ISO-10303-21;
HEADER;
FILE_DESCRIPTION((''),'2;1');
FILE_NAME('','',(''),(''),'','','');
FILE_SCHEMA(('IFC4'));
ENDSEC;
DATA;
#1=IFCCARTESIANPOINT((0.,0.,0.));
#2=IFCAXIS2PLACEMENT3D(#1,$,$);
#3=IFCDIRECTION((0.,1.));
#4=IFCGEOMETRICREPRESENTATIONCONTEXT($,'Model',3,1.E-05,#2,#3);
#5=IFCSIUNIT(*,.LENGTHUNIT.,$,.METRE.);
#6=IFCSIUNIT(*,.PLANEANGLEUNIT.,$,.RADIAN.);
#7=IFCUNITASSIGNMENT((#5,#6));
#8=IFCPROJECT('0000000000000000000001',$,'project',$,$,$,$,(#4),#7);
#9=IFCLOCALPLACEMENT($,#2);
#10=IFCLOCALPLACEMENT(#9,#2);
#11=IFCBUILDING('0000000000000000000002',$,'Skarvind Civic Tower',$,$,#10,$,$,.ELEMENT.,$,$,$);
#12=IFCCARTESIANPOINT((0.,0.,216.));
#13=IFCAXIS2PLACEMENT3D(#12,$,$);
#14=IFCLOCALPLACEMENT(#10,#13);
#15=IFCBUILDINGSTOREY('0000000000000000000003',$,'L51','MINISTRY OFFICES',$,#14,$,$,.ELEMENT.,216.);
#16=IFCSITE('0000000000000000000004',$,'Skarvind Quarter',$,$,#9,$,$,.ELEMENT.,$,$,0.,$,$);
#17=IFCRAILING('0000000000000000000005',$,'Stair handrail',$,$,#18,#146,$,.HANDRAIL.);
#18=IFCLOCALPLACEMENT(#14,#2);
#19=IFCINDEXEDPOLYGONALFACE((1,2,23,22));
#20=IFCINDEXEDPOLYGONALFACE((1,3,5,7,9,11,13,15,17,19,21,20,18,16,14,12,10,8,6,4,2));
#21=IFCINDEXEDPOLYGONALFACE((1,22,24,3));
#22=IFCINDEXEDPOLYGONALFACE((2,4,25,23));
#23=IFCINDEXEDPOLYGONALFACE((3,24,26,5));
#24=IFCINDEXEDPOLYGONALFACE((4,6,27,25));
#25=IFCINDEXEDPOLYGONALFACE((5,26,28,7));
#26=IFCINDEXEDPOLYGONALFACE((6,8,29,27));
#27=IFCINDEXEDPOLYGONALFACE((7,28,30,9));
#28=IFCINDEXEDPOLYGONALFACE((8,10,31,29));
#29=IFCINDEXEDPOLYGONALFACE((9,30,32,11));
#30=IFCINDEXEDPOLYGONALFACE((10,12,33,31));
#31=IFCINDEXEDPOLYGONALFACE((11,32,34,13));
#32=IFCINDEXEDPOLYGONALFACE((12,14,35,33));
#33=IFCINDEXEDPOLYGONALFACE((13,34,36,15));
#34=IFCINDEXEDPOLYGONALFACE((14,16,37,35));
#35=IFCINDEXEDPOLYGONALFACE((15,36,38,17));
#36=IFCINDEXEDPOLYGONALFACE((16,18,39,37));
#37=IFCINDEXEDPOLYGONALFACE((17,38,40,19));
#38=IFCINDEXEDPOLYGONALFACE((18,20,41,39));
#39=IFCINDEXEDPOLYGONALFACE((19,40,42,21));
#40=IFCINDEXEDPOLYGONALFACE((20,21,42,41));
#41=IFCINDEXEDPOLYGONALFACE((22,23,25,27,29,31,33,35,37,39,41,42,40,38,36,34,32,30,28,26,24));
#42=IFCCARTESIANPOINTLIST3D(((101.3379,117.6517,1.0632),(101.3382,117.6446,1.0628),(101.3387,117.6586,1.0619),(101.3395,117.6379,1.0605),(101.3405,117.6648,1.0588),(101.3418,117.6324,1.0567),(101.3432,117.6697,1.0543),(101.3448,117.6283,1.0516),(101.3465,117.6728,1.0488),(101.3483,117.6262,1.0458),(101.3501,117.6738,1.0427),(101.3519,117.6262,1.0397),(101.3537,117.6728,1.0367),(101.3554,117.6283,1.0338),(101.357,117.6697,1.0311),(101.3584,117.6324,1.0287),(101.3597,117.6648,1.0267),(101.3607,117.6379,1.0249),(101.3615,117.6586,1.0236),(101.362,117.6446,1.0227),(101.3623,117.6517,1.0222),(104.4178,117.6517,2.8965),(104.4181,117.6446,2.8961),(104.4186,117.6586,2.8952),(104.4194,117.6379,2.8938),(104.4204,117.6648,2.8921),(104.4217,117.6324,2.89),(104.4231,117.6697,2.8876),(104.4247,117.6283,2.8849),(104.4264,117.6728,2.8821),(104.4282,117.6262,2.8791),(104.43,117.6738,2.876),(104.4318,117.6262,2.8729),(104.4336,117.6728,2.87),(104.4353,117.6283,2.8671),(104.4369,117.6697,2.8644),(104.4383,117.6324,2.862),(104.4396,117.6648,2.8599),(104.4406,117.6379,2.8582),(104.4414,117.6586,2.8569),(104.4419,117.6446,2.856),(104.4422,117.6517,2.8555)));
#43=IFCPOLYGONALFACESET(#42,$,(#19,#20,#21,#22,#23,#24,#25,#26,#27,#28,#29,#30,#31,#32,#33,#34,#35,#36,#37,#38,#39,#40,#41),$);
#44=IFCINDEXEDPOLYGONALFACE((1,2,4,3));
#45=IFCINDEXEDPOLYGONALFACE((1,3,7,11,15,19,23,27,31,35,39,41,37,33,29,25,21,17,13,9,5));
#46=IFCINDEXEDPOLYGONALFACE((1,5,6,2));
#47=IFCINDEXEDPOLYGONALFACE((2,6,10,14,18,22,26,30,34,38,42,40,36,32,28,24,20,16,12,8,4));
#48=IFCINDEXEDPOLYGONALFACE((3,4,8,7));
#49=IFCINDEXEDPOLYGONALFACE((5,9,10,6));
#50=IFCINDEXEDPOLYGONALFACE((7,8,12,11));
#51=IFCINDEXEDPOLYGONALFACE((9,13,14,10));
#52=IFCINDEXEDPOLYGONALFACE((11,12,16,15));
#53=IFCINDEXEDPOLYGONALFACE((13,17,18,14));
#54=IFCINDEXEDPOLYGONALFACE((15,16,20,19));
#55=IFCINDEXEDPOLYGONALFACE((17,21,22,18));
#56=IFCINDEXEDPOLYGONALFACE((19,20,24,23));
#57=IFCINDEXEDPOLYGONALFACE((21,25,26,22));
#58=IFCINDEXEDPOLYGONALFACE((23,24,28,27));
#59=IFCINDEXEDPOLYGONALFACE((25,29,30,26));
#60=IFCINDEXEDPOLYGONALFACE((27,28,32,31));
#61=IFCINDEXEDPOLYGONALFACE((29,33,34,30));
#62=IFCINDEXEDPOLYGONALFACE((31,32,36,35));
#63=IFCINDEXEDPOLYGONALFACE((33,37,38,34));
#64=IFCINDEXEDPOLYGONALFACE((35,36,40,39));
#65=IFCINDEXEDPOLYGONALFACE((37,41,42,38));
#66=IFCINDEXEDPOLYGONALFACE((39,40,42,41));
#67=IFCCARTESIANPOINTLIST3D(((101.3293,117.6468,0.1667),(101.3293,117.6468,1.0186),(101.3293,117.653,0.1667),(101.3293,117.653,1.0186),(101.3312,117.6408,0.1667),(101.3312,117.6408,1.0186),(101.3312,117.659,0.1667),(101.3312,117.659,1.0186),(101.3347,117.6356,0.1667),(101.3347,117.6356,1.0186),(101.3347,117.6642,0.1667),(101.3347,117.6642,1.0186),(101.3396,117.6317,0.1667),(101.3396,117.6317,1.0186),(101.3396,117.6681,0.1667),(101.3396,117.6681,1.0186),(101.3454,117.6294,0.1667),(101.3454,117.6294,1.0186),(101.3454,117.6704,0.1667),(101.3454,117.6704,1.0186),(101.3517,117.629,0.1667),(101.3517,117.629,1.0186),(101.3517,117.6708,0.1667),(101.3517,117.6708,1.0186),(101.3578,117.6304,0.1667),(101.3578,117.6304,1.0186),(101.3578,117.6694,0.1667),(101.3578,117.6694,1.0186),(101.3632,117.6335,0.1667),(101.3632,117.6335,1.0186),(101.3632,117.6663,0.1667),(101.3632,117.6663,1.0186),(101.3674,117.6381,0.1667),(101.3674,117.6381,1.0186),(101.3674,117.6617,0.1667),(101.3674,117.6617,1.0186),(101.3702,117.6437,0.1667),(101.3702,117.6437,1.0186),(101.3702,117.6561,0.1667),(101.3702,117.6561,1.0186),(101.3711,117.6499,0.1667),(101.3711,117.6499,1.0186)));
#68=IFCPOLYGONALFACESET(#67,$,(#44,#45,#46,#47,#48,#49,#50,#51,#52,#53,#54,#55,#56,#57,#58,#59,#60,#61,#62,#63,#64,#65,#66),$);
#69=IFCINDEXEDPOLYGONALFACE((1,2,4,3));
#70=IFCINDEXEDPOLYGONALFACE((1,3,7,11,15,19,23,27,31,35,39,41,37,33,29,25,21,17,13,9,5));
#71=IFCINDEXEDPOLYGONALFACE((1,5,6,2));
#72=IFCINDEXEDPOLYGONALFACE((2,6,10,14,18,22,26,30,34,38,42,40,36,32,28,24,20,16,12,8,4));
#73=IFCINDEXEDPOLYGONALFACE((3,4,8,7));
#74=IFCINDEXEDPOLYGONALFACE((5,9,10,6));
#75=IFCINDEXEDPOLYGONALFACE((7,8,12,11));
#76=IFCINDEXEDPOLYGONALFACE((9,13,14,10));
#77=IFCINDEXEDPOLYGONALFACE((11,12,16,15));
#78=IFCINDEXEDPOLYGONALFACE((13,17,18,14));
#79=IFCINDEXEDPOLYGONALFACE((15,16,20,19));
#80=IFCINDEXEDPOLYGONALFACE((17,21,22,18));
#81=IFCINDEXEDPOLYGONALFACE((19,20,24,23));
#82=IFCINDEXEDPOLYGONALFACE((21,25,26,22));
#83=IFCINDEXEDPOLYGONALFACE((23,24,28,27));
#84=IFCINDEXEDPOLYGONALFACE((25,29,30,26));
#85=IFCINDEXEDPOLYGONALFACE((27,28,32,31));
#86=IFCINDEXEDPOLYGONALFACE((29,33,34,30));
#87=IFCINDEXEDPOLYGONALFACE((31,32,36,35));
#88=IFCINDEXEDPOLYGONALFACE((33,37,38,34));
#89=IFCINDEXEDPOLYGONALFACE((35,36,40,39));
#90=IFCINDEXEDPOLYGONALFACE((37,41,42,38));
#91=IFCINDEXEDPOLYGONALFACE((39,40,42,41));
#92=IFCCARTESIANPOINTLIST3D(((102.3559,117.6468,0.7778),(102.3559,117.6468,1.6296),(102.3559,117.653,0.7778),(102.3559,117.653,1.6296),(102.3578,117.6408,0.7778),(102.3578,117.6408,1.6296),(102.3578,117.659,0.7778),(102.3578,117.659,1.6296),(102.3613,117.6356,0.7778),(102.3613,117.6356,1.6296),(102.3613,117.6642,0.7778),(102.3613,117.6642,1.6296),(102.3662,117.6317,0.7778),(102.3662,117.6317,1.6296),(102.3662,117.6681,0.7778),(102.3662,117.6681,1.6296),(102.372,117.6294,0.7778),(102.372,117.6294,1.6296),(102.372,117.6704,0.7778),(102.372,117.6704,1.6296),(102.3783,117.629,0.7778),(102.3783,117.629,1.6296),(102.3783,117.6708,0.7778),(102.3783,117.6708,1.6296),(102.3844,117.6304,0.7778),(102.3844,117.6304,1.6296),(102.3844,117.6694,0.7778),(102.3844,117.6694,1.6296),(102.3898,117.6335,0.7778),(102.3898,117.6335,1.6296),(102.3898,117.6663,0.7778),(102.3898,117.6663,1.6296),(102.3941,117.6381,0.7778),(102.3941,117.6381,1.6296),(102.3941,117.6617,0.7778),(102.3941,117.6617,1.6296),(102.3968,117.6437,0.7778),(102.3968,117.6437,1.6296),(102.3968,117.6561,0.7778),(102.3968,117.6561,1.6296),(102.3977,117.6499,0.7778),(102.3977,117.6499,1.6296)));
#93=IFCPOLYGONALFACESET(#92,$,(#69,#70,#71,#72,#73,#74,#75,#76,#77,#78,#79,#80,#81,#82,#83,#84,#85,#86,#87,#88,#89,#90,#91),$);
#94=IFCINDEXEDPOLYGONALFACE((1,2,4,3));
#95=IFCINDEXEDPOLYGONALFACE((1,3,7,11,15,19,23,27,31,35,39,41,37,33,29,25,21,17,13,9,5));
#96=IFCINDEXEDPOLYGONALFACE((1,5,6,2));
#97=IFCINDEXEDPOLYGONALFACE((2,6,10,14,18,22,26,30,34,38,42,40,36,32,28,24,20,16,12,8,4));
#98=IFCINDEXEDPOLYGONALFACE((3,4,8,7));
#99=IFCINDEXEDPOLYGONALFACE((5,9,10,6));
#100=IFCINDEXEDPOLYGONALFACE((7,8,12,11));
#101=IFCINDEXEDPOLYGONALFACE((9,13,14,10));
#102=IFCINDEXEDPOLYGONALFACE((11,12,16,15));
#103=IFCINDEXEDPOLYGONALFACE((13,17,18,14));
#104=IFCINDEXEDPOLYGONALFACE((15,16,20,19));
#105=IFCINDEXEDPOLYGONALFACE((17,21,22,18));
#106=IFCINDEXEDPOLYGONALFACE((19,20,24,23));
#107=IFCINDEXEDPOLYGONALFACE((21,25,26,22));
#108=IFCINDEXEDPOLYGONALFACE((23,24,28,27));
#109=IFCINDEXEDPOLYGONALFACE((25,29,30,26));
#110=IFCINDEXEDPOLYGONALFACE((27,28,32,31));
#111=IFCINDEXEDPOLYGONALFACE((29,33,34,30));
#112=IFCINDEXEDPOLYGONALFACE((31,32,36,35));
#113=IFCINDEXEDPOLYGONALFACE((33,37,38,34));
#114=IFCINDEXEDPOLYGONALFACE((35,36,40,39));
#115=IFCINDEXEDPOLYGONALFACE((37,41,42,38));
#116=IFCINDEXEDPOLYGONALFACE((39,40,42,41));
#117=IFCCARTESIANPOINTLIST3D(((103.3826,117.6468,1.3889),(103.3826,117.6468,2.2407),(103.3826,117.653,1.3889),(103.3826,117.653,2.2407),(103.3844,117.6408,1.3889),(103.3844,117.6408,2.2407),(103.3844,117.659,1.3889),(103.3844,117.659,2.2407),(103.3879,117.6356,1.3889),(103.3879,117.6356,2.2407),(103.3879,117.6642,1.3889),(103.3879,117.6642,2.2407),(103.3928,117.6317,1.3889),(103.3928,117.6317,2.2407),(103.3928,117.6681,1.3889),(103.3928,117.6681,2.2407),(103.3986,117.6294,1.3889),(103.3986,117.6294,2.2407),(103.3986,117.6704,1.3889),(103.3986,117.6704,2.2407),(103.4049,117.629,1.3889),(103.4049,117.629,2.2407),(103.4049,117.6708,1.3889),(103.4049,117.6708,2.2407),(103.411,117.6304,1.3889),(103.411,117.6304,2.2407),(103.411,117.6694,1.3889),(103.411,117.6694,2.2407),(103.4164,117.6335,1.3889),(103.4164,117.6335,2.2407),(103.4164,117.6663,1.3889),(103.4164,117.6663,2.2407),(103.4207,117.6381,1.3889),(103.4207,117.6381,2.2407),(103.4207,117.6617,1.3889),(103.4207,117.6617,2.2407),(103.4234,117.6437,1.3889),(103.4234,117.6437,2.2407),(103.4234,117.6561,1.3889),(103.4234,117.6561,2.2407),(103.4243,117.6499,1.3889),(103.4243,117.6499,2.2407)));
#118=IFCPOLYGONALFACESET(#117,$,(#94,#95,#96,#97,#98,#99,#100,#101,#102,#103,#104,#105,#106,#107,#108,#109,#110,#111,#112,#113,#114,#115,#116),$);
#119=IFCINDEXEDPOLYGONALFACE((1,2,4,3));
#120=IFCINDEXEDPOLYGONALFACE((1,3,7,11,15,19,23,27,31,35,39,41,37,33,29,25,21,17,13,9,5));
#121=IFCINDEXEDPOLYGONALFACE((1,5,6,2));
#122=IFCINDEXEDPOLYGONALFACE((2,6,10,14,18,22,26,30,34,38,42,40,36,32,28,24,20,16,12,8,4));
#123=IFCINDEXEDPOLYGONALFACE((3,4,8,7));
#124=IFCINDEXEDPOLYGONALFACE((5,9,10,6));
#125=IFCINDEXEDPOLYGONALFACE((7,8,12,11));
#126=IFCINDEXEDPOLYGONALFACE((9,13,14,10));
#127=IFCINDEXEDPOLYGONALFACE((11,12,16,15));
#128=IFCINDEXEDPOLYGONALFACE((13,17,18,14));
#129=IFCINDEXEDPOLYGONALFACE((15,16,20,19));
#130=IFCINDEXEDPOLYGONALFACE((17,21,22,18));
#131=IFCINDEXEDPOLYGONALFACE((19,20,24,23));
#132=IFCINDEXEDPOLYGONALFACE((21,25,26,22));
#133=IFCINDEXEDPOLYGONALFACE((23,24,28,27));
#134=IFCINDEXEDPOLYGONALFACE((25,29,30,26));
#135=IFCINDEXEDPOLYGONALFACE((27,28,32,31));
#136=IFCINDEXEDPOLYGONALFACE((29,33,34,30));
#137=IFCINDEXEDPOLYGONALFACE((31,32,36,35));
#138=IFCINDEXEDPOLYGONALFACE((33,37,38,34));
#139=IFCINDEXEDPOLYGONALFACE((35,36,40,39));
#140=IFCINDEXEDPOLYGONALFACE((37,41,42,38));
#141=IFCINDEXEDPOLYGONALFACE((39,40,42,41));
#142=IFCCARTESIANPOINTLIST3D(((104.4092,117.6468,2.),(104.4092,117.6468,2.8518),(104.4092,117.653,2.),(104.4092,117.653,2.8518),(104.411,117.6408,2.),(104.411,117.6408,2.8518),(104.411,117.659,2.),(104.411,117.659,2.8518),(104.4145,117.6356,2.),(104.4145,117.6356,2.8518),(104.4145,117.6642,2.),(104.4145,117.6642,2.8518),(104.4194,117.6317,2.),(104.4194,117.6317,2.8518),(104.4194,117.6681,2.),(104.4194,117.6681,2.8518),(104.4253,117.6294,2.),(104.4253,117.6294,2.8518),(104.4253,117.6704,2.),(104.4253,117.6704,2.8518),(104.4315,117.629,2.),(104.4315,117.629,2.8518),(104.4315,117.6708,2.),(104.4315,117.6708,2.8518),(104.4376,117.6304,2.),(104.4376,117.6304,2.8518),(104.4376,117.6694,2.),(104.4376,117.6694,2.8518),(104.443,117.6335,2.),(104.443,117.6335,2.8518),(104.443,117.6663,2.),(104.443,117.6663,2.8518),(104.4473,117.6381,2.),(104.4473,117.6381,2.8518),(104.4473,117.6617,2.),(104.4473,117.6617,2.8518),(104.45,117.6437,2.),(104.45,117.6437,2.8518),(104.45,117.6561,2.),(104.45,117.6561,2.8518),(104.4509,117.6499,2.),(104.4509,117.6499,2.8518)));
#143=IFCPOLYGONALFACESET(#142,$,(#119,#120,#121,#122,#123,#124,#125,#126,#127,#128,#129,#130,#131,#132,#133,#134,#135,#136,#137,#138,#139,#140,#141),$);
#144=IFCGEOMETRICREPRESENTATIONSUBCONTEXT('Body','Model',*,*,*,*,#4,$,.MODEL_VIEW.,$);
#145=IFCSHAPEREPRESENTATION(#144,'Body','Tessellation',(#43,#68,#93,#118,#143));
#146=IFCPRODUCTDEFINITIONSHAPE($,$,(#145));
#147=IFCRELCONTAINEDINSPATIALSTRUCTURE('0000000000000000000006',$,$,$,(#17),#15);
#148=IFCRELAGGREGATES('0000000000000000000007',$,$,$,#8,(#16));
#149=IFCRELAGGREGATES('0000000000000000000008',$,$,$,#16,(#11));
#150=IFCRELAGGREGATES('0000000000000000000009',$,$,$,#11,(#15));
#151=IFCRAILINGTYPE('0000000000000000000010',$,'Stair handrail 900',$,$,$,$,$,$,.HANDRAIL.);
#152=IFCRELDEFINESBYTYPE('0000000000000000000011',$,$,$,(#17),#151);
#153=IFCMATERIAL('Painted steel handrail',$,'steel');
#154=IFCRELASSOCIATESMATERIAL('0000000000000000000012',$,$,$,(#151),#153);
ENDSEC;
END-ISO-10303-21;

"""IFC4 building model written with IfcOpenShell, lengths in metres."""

from ifc_helpers import new_model, si_unit, direction, frame, origin, origin_2d, place, context, subcontext, project, spatial, circle, extrude, material, type_object, element, save


model = new_model("IFC4")

# Units and contexts
model_context = context("Model", 3, precision=1e-05, world=origin(), true_north=direction((0.0, 1.0)))
body_context = subcontext(model_context, "Body", "Model", "MODEL_VIEW")
ifc_project = project(units=[si_unit("LENGTHUNIT", "METRE"), si_unit("PLANEANGLEUNIT", "RADIAN")], contexts=[model_context])

# Site, building, storey
site_placement = place(None, origin())
site = spatial("IfcSite", under=ifc_project, at=site_placement, Name="Skarvind Quarter", CompositionType="ELEMENT", RefElevation=0.0)
building_placement = place(site_placement, origin())
building = spatial("IfcBuilding", under=site, at=building_placement, Name="Skarvind Civic Tower", CompositionType="ELEMENT")
storey_placement = place(building_placement, frame((0.0, 0.0, 216.0)))
storey = spatial("IfcBuildingStorey", under=building, at=storey_placement, Name="L51", Description="MINISTRY OFFICES", CompositionType="ELEMENT", Elevation=216.0)

# Railing
ifc_material_1 = material(Name="Painted steel handrail", Category="steel")
railing_type = type_object("IfcRailingType", Name="Stair handrail 900", PredefinedType="HANDRAIL", material=ifc_material_1)
railing_1_placement = place(storey_placement, frame((101.3501, 117.6499, 0.1667)))
element("IfcRailing", 1, at=railing_1_placement, inside=storey, type_object=railing_type, Name="Stair handrail", PredefinedType="HANDRAIL", context=body_context, shape_type="SweptSolid", body=[
    extrude(circle(Radius=0.0239, at=origin_2d()), frame((0.0, 0.0, 0.876), z_axis=(0.859291, 0.0, 0.511487), x_axis=(0.0, 1.0, 0.0)), (0.0, 0.0, 1.0), 3.5842),
    extrude(circle(Radius=0.021, at=origin_2d()), origin(), (0.0, 0.0, 1.0), 0.8518),
    extrude(circle(Radius=0.021, at=origin_2d()), frame((1.0266, 0.0, 0.6111)), (0.0, 0.0, 1.0), 0.8518),
    extrude(circle(Radius=0.021, at=origin_2d()), frame((2.0532, 0.0, 1.2222)), (0.0, 0.0, 1.0), 0.8518),
    extrude(circle(Radius=0.021, at=origin_2d()), frame((3.0798, 0.0, 1.8333)), (0.0, 0.0, 1.0), 0.8518),
])

save(model, "model.ifc")
